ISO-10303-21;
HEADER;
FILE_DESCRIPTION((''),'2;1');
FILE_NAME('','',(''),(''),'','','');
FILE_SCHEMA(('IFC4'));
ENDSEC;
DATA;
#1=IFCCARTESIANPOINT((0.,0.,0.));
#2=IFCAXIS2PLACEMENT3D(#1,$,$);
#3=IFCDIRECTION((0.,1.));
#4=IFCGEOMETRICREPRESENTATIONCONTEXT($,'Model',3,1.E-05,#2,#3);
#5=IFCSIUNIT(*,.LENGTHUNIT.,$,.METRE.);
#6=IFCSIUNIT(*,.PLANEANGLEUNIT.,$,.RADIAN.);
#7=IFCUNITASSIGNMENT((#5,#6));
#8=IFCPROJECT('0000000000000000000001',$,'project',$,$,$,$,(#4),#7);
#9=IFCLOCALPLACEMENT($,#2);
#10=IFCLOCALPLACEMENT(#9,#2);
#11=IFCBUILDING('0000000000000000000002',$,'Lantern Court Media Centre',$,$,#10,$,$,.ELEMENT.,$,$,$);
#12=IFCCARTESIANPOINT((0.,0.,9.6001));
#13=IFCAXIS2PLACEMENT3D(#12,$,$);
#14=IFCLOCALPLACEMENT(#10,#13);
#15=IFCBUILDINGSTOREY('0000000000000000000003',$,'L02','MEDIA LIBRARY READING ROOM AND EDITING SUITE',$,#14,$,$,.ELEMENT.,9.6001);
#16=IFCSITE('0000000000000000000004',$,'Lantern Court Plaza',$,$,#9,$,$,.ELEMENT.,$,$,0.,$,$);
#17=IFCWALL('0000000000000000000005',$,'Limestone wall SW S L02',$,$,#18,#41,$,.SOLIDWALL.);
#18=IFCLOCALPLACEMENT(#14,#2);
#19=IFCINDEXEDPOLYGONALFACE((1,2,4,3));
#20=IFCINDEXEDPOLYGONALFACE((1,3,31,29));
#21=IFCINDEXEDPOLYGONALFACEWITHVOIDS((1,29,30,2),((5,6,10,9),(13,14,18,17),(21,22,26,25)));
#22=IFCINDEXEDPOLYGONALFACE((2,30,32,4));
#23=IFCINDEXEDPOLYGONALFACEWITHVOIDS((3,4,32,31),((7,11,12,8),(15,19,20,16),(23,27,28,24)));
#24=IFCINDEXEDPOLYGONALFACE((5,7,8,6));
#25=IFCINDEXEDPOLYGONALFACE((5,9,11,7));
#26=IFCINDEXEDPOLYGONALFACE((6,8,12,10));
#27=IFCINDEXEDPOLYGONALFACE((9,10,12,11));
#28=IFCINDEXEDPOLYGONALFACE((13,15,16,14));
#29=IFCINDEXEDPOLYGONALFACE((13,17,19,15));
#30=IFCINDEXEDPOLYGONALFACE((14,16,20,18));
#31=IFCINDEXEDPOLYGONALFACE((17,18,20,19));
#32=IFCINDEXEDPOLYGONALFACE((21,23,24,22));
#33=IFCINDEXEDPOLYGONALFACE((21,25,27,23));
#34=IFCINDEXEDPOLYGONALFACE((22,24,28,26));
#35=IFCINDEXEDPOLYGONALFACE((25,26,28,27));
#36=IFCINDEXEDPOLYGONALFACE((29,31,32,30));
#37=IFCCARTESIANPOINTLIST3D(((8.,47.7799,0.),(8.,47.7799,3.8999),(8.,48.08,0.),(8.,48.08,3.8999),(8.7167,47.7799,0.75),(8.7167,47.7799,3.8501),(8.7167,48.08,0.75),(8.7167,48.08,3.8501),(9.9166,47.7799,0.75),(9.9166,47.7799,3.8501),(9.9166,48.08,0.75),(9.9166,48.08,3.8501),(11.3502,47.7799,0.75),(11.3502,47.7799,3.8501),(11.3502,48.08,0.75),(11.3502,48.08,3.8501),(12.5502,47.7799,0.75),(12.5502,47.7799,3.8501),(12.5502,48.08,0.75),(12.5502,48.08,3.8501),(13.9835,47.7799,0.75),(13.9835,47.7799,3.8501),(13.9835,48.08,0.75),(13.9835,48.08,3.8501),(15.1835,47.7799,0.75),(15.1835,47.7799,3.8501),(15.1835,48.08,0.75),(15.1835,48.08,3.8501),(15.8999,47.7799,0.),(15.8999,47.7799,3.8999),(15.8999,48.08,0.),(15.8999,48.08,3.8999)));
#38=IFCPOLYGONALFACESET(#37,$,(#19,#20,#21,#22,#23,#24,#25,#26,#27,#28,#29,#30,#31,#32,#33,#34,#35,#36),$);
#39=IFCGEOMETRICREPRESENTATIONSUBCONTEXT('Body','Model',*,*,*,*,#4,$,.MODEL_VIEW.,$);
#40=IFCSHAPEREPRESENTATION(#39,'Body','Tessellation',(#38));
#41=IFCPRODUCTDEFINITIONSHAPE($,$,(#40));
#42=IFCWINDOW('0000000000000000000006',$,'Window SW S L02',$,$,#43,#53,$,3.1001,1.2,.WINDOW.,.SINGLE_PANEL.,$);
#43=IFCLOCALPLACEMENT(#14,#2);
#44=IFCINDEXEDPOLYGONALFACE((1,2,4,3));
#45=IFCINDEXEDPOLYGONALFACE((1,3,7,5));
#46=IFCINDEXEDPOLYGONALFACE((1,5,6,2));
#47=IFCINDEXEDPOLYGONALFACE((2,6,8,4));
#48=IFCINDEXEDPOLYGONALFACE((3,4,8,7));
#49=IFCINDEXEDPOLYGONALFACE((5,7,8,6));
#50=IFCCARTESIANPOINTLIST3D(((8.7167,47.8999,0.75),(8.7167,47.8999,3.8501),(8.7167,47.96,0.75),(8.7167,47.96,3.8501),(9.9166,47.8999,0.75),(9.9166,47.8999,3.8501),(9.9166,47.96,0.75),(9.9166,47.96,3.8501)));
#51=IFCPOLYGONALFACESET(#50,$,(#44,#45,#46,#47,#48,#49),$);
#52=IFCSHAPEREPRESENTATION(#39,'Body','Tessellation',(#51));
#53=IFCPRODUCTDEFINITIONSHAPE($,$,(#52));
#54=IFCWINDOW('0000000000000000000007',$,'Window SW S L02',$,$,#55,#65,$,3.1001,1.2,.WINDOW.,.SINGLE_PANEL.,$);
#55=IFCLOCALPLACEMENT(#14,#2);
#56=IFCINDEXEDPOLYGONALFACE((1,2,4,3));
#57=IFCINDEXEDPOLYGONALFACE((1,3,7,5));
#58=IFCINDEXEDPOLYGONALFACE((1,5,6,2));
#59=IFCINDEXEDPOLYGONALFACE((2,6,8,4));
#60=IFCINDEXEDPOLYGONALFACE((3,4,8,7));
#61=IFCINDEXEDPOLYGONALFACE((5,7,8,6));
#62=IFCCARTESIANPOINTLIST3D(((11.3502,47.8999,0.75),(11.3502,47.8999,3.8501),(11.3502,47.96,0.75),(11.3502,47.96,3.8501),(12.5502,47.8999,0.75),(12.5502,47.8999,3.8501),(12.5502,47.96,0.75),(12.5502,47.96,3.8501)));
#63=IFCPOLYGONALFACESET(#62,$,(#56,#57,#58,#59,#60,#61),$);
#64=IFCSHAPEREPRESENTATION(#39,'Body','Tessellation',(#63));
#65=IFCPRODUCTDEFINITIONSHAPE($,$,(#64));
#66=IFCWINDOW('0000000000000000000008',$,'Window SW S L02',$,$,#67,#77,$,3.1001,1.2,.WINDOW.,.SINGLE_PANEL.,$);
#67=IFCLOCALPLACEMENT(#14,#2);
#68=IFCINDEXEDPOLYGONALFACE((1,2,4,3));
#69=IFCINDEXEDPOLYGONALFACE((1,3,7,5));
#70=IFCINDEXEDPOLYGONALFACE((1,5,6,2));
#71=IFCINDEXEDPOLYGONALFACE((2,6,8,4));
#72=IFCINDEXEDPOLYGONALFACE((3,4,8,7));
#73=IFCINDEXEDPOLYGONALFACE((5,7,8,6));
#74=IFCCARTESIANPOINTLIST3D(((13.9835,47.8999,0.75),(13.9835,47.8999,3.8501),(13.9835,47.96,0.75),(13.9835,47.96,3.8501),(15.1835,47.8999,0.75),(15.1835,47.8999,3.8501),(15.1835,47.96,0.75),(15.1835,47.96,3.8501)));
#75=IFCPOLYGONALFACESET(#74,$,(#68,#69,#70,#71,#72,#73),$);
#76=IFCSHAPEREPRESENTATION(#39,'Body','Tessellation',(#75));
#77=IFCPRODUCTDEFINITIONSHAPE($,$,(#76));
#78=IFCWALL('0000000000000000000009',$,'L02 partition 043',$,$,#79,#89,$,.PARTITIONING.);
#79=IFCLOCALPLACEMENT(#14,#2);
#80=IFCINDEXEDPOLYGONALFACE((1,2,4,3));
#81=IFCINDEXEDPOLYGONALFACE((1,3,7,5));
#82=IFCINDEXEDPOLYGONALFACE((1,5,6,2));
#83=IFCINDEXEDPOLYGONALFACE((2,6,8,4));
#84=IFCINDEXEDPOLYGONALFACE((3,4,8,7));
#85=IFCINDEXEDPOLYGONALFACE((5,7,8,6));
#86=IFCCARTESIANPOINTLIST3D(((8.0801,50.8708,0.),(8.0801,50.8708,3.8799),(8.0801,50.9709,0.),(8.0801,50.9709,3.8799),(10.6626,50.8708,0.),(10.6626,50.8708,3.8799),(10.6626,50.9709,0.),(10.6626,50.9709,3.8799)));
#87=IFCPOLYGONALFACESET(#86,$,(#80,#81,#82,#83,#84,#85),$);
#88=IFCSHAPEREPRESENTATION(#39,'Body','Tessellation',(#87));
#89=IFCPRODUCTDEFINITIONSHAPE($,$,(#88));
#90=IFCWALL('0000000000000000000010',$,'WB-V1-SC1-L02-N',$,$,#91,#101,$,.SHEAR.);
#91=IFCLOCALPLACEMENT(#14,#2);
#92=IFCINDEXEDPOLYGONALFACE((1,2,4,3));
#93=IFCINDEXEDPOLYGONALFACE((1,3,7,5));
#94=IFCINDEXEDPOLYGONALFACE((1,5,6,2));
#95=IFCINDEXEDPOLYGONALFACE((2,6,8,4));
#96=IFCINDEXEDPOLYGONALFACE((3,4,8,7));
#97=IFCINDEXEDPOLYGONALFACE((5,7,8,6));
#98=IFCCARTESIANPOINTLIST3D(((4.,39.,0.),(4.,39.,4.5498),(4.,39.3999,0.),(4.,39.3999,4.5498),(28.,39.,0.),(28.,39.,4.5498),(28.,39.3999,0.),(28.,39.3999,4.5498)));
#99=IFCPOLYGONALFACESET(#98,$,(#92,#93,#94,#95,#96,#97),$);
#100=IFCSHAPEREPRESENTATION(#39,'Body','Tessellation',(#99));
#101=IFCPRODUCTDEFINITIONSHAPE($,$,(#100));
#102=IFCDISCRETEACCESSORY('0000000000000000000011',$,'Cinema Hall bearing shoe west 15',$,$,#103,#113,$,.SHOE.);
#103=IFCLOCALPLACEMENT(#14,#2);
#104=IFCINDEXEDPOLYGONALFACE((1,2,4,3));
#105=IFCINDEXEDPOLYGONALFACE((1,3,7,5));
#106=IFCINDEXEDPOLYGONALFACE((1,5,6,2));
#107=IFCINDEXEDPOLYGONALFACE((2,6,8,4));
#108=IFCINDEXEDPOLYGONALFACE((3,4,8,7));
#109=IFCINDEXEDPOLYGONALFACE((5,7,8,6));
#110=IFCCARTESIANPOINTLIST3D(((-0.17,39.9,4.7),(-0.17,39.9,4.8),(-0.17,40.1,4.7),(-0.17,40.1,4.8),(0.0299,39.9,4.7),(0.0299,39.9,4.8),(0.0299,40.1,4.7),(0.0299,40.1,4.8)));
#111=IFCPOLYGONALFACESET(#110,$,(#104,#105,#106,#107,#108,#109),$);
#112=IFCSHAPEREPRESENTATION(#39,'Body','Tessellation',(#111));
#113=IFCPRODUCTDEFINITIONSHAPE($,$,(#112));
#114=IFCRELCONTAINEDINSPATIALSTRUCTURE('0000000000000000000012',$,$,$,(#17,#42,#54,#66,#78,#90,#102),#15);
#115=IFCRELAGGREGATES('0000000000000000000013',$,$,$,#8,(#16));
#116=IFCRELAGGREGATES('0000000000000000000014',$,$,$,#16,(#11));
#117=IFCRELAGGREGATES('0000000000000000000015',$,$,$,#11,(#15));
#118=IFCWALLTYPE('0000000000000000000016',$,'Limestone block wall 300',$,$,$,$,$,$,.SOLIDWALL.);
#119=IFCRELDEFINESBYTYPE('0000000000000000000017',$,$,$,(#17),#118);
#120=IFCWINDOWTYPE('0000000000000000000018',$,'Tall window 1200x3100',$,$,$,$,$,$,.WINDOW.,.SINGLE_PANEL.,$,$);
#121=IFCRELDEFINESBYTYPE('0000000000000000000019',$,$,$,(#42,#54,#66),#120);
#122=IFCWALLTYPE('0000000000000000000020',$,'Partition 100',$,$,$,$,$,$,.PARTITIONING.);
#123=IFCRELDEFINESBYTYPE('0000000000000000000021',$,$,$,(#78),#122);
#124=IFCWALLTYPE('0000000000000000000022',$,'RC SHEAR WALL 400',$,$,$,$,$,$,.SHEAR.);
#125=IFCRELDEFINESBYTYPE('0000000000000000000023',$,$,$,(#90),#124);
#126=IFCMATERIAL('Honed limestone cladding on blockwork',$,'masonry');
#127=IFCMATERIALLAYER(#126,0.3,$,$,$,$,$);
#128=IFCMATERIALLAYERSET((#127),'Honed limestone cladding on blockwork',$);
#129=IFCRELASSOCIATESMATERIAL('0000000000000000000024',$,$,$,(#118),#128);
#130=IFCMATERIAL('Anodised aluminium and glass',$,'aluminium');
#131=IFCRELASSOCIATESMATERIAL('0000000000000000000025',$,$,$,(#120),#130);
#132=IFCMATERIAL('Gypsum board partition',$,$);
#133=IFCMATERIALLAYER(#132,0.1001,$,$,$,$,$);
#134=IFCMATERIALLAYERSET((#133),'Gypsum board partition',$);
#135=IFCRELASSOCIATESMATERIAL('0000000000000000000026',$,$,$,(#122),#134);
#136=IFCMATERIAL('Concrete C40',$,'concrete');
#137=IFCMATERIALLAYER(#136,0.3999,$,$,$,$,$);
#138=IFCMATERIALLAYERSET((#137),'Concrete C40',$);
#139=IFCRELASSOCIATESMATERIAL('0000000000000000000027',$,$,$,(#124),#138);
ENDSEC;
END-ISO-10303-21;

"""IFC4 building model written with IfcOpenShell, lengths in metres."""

from ifc_helpers import new_model, si_unit, direction, frame, frame_2d, origin, origin_2d, place, context, subcontext, project, spatial, rectangle, extrude, material, layer, layer_set, type_object, element, fill, save


model = new_model("IFC4")

# Units and contexts
model_context = context("Model", 3, precision=1e-05, world=origin(), true_north=direction((0.0, 1.0)))
body_context = subcontext(model_context, "Body", "Model", "MODEL_VIEW")
ifc_project = project(units=[si_unit("LENGTHUNIT", "METRE"), si_unit("PLANEANGLEUNIT", "RADIAN")], contexts=[model_context])

# Site, building, storey
site_placement = place(None, origin())
site = spatial("IfcSite", under=ifc_project, at=site_placement, Name="Lantern Court Plaza", CompositionType="ELEMENT", RefElevation=0.0)
building_placement = place(site_placement, origin())
building = spatial("IfcBuilding", under=site, at=building_placement, Name="Lantern Court Media Centre", CompositionType="ELEMENT")
storey_placement = place(building_placement, frame((0.0, 0.0, 9.6001)))
storey = spatial("IfcBuildingStorey", under=building, at=storey_placement, Name="L02", Description="MEDIA LIBRARY READING ROOM AND EDITING SUITE", CompositionType="ELEMENT", Elevation=9.6001)

# Wall, openings, windows
ifc_material_1 = material(Name="Honed limestone cladding on blockwork", Category="masonry")
ifc_layer_1 = layer(ifc_material_1, 0.3)
ifc_layer_set_1 = layer_set([ifc_layer_1], Name="Honed limestone cladding on blockwork")
wall_type_1 = type_object("IfcWallType", Name="Limestone block wall 300", PredefinedType="SOLIDWALL", material=ifc_layer_set_1)
ifc_material_2 = material(Name="Anodised aluminium and glass", Category="aluminium")
wall_1_placement = place(storey_placement, frame((8.0, 47.9299, 0.0), z_axis=(0.0, 0.0, 1.0), x_axis=(1.0, 0.0, 0.0)))
wall_1 = element("IfcWall", 1, at=wall_1_placement, inside=storey, type_object=wall_type_1, Name="Limestone wall SW S L02", PredefinedType="SOLIDWALL", context=body_context, shape_type="SweptSolid", body=[
    extrude(rectangle(XDim=7.8999, YDim=0.3, at=frame_2d((3.95, 0.0))), origin(), (0.0, 0.0, 1.0), 3.8999),
])
opening_1_placement = place(wall_1_placement, frame((0.7166, 0.0, 0.75)))
opening_1 = element("IfcOpeningElement", 2, at=opening_1_placement, cuts=wall_1, PredefinedType="OPENING", context=body_context, shape_type="SweptSolid", body=[
    extrude(rectangle(XDim=1.2, YDim=3.1001, at=frame_2d((0.6001, 1.55))), frame((0.0, 0.1599, 0.0), z_axis=(0.0, -1.0, 0.0), x_axis=(1.0, 0.0, 0.0)), (0.0, 0.0, 1.0), 0.3201),
])
opening_2_placement = place(wall_1_placement, frame((3.3501, 0.0, 0.75)))
opening_2 = element("IfcOpeningElement", 3, at=opening_2_placement, cuts=wall_1, PredefinedType="OPENING", context=body_context, shape_type="SweptSolid", body=[
    extrude(rectangle(XDim=1.2, YDim=3.1001, at=frame_2d((0.6001, 1.55))), frame((0.0, 0.1599, 0.0), z_axis=(0.0, -1.0, 0.0), x_axis=(1.0, 0.0, 0.0)), (0.0, 0.0, 1.0), 0.3201),
])
opening_3_placement = place(wall_1_placement, frame((5.9834, 0.0, 0.75)))
opening_3 = element("IfcOpeningElement", 4, at=opening_3_placement, cuts=wall_1, PredefinedType="OPENING", context=body_context, shape_type="SweptSolid", body=[
    extrude(rectangle(XDim=1.2, YDim=3.1001, at=frame_2d((0.6001, 1.55))), frame((0.0, 0.1599, 0.0), z_axis=(0.0, -1.0, 0.0), x_axis=(1.0, 0.0, 0.0)), (0.0, 0.0, 1.0), 0.3201),
])
window_type_1 = type_object("IfcWindowType", Name="Tall window 1200x3100", PartitioningType="SINGLE_PANEL", PredefinedType="WINDOW", material=ifc_material_2)
window_1_placement = place(opening_1_placement, origin())
window_1 = element("IfcWindow", 5, at=window_1_placement, inside=storey, type_object=window_type_1, Name="Window SW S L02", OverallHeight=3.1001, OverallWidth=1.2, PartitioningType="SINGLE_PANEL", PredefinedType="WINDOW", context=body_context, shape_type="SweptSolid", body=[
    extrude(rectangle(XDim=1.2, YDim=3.1001, at=frame_2d((0.6001, 1.55))), frame((0.0, 0.03, 0.0), z_axis=(0.0, -1.0, 0.0), x_axis=(1.0, 0.0, 0.0)), (0.0, 0.0, 1.0), 0.0601),
])
fill(opening_1, window_1)
window_2_placement = place(opening_2_placement, origin())
window_2 = element("IfcWindow", 6, at=window_2_placement, inside=storey, type_object=window_type_1, Name="Window SW S L02", OverallHeight=3.1001, OverallWidth=1.2, PartitioningType="SINGLE_PANEL", PredefinedType="WINDOW", context=body_context, shape_type="SweptSolid", body=[
    extrude(rectangle(XDim=1.2, YDim=3.1001, at=frame_2d((0.6001, 1.55))), frame((0.0, 0.03, 0.0), z_axis=(0.0, -1.0, 0.0), x_axis=(1.0, 0.0, 0.0)), (0.0, 0.0, 1.0), 0.0601),
])
fill(opening_2, window_2)
window_3_placement = place(opening_3_placement, origin())
window_3 = element("IfcWindow", 7, at=window_3_placement, inside=storey, type_object=window_type_1, Name="Window SW S L02", OverallHeight=3.1001, OverallWidth=1.2, PartitioningType="SINGLE_PANEL", PredefinedType="WINDOW", context=body_context, shape_type="SweptSolid", body=[
    extrude(rectangle(XDim=1.2, YDim=3.1001, at=frame_2d((0.6001, 1.55))), frame((0.0, 0.03, 0.0), z_axis=(0.0, -1.0, 0.0), x_axis=(1.0, 0.0, 0.0)), (0.0, 0.0, 1.0), 0.0601),
])
fill(opening_3, window_3)

# Walls
ifc_material_3 = material(Name="Gypsum board partition")
ifc_layer_2 = layer(ifc_material_3, 0.1001)
ifc_layer_set_2 = layer_set([ifc_layer_2], Name="Gypsum board partition")
wall_type_2 = type_object("IfcWallType", Name="Partition 100", PredefinedType="PARTITIONING", material=ifc_layer_set_2)
wall_2_placement = place(storey_placement, frame((8.0801, 50.9209, 0.0), z_axis=(0.0, 0.0, 1.0), x_axis=(1.0, 0.0, 0.0)))
element("IfcWall", 8, at=wall_2_placement, inside=storey, type_object=wall_type_2, Name="L02 partition 043", PredefinedType="PARTITIONING", context=body_context, shape_type="SweptSolid", body=[
    extrude(rectangle(XDim=2.5825, YDim=0.1001, at=frame_2d((1.2913, 0.0))), origin(), (0.0, 0.0, 1.0), 3.8799),
])
ifc_material_4 = material(Name="Concrete C40", Category="concrete")
ifc_layer_3 = layer(ifc_material_4, 0.3999)
ifc_layer_set_3 = layer_set([ifc_layer_3], Name="Concrete C40")
wall_type_3 = type_object("IfcWallType", Name="RC SHEAR WALL 400", PredefinedType="SHEAR", material=ifc_layer_set_3)
wall_3_placement = place(storey_placement, frame((4.0, 39.2, 0.0), z_axis=(0.0, 0.0, 1.0), x_axis=(1.0, 0.0, 0.0)))
element("IfcWall", 9, at=wall_3_placement, inside=storey, type_object=wall_type_3, Name="WB-V1-SC1-L02-N", PredefinedType="SHEAR", context=body_context, shape_type="SweptSolid", body=[
    extrude(rectangle(XDim=24.0, YDim=0.3999, at=frame_2d((12.0, 0.0))), origin(), (0.0, 0.0, 1.0), 4.5498),
])

# Discrete accessory
discrete_accessory_placement = place(storey_placement, frame((-0.0701, 40.0, 4.7), z_axis=(0.0, 0.0, 1.0), x_axis=(1.0, 0.0, 0.0)))
element("IfcDiscreteAccessory", 10, at=discrete_accessory_placement, inside=storey, Name="Cinema Hall bearing shoe west 15", PredefinedType="SHOE", context=body_context, shape_type="SweptSolid", body=[
    extrude(rectangle(XDim=0.2, YDim=0.2, at=origin_2d()), origin(), (0.0, 0.0, 1.0), 0.1001),
])

save(model, "model.ifc")
